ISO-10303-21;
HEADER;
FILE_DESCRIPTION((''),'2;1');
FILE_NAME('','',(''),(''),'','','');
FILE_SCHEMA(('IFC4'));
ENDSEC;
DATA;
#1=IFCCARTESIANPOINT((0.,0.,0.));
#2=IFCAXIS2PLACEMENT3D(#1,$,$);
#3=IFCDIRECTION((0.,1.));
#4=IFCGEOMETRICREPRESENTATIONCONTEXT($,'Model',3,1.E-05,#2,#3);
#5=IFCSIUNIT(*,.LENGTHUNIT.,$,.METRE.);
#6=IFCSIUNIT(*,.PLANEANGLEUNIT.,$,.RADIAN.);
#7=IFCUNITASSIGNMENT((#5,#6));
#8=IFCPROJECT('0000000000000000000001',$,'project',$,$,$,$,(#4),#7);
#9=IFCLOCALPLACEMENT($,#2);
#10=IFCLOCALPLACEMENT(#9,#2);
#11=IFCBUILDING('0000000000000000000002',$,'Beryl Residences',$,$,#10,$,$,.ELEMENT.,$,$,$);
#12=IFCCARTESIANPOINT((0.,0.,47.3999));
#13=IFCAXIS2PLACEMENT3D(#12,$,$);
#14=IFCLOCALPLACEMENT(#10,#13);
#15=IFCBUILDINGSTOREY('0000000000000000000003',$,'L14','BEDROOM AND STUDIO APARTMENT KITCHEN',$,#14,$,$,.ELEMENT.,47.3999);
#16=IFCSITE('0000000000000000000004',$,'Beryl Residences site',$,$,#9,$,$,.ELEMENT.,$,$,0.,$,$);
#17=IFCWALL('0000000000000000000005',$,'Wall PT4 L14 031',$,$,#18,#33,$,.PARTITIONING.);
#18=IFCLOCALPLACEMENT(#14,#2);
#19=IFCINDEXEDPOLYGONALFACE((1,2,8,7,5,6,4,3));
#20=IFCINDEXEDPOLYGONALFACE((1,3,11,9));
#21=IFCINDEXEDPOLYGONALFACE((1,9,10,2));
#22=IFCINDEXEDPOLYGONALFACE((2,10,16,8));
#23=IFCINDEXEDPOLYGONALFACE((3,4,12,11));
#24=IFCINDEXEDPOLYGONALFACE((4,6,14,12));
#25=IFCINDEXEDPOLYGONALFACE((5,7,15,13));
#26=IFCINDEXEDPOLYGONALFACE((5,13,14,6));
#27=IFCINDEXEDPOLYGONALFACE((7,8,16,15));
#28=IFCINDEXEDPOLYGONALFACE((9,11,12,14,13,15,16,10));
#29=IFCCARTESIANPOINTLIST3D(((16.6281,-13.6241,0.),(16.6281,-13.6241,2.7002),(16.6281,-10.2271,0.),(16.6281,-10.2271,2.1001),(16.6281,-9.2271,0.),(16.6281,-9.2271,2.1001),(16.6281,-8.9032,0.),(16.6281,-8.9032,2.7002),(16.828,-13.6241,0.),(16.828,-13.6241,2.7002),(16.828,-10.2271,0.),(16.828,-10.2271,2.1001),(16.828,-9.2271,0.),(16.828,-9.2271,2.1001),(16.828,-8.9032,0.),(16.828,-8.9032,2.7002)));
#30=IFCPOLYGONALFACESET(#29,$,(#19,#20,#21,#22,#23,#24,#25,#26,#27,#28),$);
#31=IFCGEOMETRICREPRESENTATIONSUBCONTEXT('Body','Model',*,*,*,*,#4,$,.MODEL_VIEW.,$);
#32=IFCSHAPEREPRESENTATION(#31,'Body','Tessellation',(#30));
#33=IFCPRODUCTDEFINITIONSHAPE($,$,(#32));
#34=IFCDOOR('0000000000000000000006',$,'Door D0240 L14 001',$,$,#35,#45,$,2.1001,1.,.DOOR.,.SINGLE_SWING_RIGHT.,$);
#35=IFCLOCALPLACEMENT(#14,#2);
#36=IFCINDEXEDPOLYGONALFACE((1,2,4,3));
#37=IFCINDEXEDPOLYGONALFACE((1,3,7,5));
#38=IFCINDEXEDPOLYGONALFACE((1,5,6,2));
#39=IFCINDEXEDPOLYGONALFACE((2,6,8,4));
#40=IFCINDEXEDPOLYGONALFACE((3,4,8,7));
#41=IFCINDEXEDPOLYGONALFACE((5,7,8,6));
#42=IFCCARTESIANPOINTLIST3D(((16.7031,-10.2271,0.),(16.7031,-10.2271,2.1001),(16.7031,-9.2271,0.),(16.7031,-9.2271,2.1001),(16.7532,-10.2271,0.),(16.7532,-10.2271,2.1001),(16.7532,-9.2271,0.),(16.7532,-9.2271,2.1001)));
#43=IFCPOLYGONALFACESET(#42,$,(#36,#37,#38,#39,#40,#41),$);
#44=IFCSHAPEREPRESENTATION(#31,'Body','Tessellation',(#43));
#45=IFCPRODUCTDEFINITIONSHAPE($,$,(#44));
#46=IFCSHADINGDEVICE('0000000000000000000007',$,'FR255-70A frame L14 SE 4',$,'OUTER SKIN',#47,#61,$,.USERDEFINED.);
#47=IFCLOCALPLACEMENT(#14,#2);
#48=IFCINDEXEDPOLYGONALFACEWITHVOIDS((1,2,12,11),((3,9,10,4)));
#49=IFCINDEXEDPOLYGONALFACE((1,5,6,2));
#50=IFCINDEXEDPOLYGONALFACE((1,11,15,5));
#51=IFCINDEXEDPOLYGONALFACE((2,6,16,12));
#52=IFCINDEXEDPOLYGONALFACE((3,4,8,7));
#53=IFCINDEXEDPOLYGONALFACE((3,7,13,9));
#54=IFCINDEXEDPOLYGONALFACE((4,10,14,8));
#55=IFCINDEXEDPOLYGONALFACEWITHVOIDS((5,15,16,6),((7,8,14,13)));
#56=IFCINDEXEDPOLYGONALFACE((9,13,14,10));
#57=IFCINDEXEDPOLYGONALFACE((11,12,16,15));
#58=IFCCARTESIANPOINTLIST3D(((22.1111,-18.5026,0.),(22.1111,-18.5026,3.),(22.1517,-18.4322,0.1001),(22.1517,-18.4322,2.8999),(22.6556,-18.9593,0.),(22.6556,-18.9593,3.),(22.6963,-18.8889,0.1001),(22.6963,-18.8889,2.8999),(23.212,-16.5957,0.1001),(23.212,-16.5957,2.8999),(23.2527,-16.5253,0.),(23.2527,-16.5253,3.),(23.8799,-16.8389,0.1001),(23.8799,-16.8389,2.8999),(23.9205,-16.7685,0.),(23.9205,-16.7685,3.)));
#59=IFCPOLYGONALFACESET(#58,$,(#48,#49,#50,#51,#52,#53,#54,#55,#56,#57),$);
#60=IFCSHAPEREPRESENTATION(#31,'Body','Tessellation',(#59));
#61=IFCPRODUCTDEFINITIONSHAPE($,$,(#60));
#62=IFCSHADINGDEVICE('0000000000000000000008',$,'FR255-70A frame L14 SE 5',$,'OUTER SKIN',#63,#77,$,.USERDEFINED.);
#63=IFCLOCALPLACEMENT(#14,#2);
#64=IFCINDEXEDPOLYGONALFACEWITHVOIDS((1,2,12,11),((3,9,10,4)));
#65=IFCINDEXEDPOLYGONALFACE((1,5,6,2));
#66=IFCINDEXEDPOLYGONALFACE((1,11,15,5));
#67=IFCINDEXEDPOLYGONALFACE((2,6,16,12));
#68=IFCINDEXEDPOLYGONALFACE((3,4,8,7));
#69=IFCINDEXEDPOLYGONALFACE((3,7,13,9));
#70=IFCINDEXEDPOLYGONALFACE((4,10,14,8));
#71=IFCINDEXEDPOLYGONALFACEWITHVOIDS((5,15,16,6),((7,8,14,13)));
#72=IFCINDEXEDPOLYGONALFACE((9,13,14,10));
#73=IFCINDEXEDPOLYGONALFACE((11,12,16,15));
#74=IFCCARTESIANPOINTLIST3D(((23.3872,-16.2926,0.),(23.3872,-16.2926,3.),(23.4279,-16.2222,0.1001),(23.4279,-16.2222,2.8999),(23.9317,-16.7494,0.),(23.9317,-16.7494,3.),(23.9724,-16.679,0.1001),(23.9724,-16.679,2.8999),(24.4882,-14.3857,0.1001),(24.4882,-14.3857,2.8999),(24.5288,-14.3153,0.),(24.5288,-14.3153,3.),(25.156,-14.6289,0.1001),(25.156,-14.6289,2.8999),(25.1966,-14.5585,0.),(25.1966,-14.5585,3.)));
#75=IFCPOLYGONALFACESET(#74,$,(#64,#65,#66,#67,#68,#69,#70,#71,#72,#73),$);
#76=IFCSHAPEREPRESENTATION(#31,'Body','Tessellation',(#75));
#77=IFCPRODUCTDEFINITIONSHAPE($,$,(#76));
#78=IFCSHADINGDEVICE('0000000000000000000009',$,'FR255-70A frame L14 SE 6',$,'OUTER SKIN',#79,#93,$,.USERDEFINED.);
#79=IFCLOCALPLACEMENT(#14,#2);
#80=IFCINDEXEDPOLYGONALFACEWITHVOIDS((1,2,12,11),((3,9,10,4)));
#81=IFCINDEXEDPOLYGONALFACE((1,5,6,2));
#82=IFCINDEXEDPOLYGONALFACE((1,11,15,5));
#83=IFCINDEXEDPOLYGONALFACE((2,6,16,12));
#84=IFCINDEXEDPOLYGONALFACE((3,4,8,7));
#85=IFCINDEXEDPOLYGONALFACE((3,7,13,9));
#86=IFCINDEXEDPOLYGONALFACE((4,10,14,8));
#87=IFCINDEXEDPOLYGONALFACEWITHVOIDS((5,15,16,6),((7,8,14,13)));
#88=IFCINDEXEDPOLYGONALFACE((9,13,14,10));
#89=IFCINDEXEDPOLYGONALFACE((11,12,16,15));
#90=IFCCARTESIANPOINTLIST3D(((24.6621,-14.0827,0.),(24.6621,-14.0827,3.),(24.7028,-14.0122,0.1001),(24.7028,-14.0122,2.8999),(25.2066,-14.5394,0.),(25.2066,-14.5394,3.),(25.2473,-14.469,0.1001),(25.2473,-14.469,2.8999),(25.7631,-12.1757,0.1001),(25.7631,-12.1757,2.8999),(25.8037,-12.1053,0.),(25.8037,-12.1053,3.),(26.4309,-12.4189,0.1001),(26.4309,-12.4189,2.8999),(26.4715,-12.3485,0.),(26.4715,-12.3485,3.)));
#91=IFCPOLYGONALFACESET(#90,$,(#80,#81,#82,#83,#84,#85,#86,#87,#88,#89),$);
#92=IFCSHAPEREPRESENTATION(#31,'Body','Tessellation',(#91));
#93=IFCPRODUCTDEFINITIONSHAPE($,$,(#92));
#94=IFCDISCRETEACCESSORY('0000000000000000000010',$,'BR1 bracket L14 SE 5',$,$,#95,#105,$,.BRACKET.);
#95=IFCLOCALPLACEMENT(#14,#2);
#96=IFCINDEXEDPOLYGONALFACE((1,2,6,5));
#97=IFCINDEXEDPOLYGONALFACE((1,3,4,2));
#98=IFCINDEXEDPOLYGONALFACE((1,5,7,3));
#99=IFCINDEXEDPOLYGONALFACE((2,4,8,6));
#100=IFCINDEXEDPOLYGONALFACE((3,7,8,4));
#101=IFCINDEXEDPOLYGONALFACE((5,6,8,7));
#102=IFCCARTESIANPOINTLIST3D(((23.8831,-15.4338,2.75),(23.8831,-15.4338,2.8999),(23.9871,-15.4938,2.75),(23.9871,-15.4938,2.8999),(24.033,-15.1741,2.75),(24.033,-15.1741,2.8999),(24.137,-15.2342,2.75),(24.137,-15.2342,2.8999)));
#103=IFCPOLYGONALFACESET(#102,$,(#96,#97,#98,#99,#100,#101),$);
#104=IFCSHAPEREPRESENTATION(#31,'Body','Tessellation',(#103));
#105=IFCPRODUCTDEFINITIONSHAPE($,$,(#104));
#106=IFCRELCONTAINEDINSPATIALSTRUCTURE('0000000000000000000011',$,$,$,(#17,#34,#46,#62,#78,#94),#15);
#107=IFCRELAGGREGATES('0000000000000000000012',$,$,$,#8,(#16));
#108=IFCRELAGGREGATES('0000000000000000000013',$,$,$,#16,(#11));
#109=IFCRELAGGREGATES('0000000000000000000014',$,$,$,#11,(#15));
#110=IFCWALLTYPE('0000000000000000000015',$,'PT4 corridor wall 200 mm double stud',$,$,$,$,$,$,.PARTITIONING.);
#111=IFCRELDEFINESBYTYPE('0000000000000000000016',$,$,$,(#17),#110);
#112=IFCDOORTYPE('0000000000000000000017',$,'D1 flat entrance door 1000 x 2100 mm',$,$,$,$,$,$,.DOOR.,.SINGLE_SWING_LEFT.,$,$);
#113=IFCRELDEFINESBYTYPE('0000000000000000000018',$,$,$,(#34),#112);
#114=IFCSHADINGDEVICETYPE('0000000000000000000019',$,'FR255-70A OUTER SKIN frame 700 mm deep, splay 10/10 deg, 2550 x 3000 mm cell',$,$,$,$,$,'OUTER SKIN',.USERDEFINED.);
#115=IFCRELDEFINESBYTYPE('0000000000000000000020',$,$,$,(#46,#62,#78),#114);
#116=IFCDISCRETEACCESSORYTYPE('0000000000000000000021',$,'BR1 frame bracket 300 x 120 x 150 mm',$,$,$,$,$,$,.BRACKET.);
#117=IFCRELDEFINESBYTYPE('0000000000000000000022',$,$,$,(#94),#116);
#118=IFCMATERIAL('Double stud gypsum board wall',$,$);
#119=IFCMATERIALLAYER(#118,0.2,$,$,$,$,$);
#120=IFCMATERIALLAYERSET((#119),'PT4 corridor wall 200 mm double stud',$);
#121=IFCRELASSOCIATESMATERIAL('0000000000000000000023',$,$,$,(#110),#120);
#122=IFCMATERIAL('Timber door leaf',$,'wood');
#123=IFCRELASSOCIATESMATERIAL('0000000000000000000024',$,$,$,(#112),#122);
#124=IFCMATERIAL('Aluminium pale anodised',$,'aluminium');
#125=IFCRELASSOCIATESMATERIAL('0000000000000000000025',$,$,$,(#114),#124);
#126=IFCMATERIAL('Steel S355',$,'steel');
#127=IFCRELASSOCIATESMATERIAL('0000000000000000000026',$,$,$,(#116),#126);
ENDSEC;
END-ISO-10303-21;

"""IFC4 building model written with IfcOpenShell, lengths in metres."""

from ifc_helpers import new_model, entity, si_unit, direction, frame, frame_2d, origin, place, context, subcontext, project, spatial, polyline, rectangle, outline, extrude, source, transform, mapped, material, layer, layer_set, type_object, type_shapes, element, fill, save


model = new_model("IFC4")

# Units and contexts
model_context = context("Model", 3, precision=1e-05, world=origin(), true_north=direction((0.0, 1.0)))
body_context = subcontext(model_context, "Body", "Model", "MODEL_VIEW")
ifc_project = project(units=[si_unit("LENGTHUNIT", "METRE"), si_unit("PLANEANGLEUNIT", "RADIAN")], contexts=[model_context])

# Site, building, storey
site_placement = place(None, origin())
site = spatial("IfcSite", under=ifc_project, at=site_placement, Name="Beryl Residences site", CompositionType="ELEMENT", RefElevation=0.0)
building_placement = place(site_placement, origin())
building = spatial("IfcBuilding", under=site, at=building_placement, Name="Beryl Residences", CompositionType="ELEMENT")
storey_placement = place(building_placement, frame((0.0, 0.0, 47.3999)))
storey = spatial("IfcBuildingStorey", under=building, at=storey_placement, Name="L14", Description="BEDROOM AND STUDIO APARTMENT KITCHEN", CompositionType="ELEMENT", Elevation=47.3999)

# Shared definitions
ifc_material_1 = material(Name="Double stud gypsum board wall")
ifc_layer_1 = layer(ifc_material_1, 0.2)
ifc_layer_set_1 = layer_set([ifc_layer_1], Name="PT4 corridor wall 200 mm double stud")
wall_type_1 = type_object("IfcWallType", Name="PT4 corridor wall 200 mm double stud", PredefinedType="PARTITIONING", material=ifc_layer_set_1)

# Wall, opening, door
ifc_material_2 = material(Name="Timber door leaf", Category="wood")
door_type_1 = type_object("IfcDoorType", Name="D1 flat entrance door 1000 x 2100 mm", OperationType="SINGLE_SWING_LEFT", PredefinedType="DOOR", material=ifc_material_2)
wall_1_placement = place(storey_placement, frame((16.728, -13.624, 0.0), z_axis=(0.0, 0.0, 1.0), x_axis=(0.0, 1.0, 0.0)))
wall_1 = element("IfcWall", 1, at=wall_1_placement, inside=storey, type_object=wall_type_1, Name="Wall PT4 L14 031", PredefinedType="PARTITIONING", context=body_context, shape_type="SweptSolid", body=[
    extrude(rectangle(XDim=4.7209, YDim=0.2, at=frame_2d((2.3604, 0.0))), origin(), (0.0, 0.0, 1.0), 2.7002),
])
opening_1_placement = place(wall_1_placement, frame((3.397, 0.0, 0.0)))
opening_1 = element("IfcOpeningElement", 2, at=opening_1_placement, cuts=wall_1, PredefinedType="OPENING", context=body_context, shape_type="SweptSolid", body=[
    extrude(rectangle(XDim=1.0, YDim=2.1001, at=frame_2d((0.5, 1.05))), frame((0.0, 0.1099, 0.0), z_axis=(0.0, -1.0, 0.0), x_axis=(1.0, 0.0, 0.0)), (0.0, 0.0, 1.0), 0.22),
])
door_1_placement = place(opening_1_placement, origin())
door_1 = element("IfcDoor", 3, at=door_1_placement, inside=storey, type_object=door_type_1, Name="Door D0240 L14 001", OperationType="SINGLE_SWING_RIGHT", OverallHeight=2.1001, OverallWidth=1.0, PredefinedType="DOOR", context=body_context, shape_type="SweptSolid", body=[
    extrude(rectangle(XDim=1.0, YDim=2.1001, at=frame_2d((0.5, 1.05))), frame((0.0, 0.0249, 0.0), z_axis=(0.0, -1.0, 0.0), x_axis=(1.0, 0.0, 0.0)), (0.0, 0.0, 1.0), 0.05),
])
fill(opening_1, door_1)

# Shading devices
ifc_material_3 = material(Name="Aluminium pale anodised", Category="aluminium")
shading_device_type = type_object("IfcShadingDeviceType", Name="FR255-70A OUTER SKIN frame 700 mm deep, splay 10/10 deg, 2550 x 3000 mm cell", ElementType="OUTER SKIN", PredefinedType="USERDEFINED", material=ifc_material_3)
cartesian_point_1 = entity("IfcCartesianPoint", [-1.1416, 0.0])
cartesian_point_2 = entity("IfcCartesianPoint", [-1.0603, 0.1001])
cartesian_point_3 = entity("IfcCartesianPoint", [-1.2649, 0.0])
cartesian_point_4 = entity("IfcCartesianPoint", [-1.1836, 0.1001])
shared_shape_1 = source(origin(), body_context, "Body", "SweptSolid", [
    entity("IfcExtrudedAreaSolidTapered", entity("IfcArbitraryProfileDefWithVoids", "AREA", None, entity("IfcPolyline", [cartesian_point_1, entity("IfcCartesianPoint", [1.1416, 0.0]), entity("IfcCartesianPoint", [1.1416, 3.0]), entity("IfcCartesianPoint", [-1.1416, 3.0]), cartesian_point_1]), [entity("IfcPolyline", [cartesian_point_2, entity("IfcCartesianPoint", [1.0603, 0.1001]), entity("IfcCartesianPoint", [1.0603, 2.8999]), entity("IfcCartesianPoint", [-1.0603, 2.8999]), cartesian_point_2])]), entity("IfcAxis2Placement3D", entity("IfcCartesianPoint", [0.0, 0.0, 0.0]), entity("IfcDirection", [0.0, 1.0, 0.0]), entity("IfcDirection", [-1.0, 0.0, 0.0])), entity("IfcDirection", [0.0, 0.0, 1.0]), 0.7, entity("IfcArbitraryProfileDefWithVoids", "AREA", None, entity("IfcPolyline", [cartesian_point_3, entity("IfcCartesianPoint", [1.2649, 0.0]), entity("IfcCartesianPoint", [1.2649, 3.0]), entity("IfcCartesianPoint", [-1.2649, 3.0]), cartesian_point_3]), [entity("IfcPolyline", [cartesian_point_4, entity("IfcCartesianPoint", [1.1836, 0.1001]), entity("IfcCartesianPoint", [1.1836, 2.8999]), entity("IfcCartesianPoint", [-1.1836, 2.8999]), cartesian_point_4])])),
])
type_shapes(shading_device_type, [shared_shape_1])
for number, where, z_axis, x_axis, name in (
    (4, (22.6819, -17.5139, 0.0), (0.0, 0.0, 1.0), (-0.5, -0.866025, 0.0), "FR255-70A frame L14 SE 4"),
    (5, (23.958, -15.304, 0.0), (0.0, 0.0, 1.0), (-0.5, -0.866025, 0.0), "FR255-70A frame L14 SE 5"),
    (6, (25.2329, -13.094, 0.0), (0.0, 0.0, 1.0), (-0.5, -0.866025, 0.0), "FR255-70A frame L14 SE 6"),
):
    element("IfcShadingDevice", number, at=place(storey_placement, frame(where, z_axis=z_axis, x_axis=x_axis)), inside=storey, type_object=shading_device_type, Name=name, ObjectType="OUTER SKIN", PredefinedType="USERDEFINED", context=body_context, shape_type="MappedRepresentation", body=[
        mapped(shared_shape_1, transform((0.0, 0.0, 0.0))),
    ])

# Discrete accessory
ifc_material_4 = material(Name="Steel S355", Category="steel")
discrete_accessory_type = type_object("IfcDiscreteAccessoryType", Name="BR1 frame bracket 300 x 120 x 150 mm", PredefinedType="BRACKET", material=ifc_material_4)
shared_shape_2 = source(origin(), body_context, "Body", "SweptSolid", [
    extrude(outline(polyline([(-0.1499, 0.0), (0.1499, 0.0), (0.1499, 0.1201), (-0.1499, 0.1201), (-0.1499, 0.0)])), origin(), (0.0, 0.0, 1.0), 0.1499),
])
type_shapes(discrete_accessory_type, [shared_shape_2])
discrete_accessory_placement = place(storey_placement, frame((23.958, -15.304, 2.75), z_axis=(0.0, 0.0, 1.0), x_axis=(-0.5, -0.866025, 0.0)))
element("IfcDiscreteAccessory", 7, at=discrete_accessory_placement, inside=storey, type_object=discrete_accessory_type, Name="BR1 bracket L14 SE 5", PredefinedType="BRACKET", context=body_context, shape_type="MappedRepresentation", body=[
    mapped(shared_shape_2, transform((0.0, 0.0, 0.0))),
])

save(model, "model.ifc")
